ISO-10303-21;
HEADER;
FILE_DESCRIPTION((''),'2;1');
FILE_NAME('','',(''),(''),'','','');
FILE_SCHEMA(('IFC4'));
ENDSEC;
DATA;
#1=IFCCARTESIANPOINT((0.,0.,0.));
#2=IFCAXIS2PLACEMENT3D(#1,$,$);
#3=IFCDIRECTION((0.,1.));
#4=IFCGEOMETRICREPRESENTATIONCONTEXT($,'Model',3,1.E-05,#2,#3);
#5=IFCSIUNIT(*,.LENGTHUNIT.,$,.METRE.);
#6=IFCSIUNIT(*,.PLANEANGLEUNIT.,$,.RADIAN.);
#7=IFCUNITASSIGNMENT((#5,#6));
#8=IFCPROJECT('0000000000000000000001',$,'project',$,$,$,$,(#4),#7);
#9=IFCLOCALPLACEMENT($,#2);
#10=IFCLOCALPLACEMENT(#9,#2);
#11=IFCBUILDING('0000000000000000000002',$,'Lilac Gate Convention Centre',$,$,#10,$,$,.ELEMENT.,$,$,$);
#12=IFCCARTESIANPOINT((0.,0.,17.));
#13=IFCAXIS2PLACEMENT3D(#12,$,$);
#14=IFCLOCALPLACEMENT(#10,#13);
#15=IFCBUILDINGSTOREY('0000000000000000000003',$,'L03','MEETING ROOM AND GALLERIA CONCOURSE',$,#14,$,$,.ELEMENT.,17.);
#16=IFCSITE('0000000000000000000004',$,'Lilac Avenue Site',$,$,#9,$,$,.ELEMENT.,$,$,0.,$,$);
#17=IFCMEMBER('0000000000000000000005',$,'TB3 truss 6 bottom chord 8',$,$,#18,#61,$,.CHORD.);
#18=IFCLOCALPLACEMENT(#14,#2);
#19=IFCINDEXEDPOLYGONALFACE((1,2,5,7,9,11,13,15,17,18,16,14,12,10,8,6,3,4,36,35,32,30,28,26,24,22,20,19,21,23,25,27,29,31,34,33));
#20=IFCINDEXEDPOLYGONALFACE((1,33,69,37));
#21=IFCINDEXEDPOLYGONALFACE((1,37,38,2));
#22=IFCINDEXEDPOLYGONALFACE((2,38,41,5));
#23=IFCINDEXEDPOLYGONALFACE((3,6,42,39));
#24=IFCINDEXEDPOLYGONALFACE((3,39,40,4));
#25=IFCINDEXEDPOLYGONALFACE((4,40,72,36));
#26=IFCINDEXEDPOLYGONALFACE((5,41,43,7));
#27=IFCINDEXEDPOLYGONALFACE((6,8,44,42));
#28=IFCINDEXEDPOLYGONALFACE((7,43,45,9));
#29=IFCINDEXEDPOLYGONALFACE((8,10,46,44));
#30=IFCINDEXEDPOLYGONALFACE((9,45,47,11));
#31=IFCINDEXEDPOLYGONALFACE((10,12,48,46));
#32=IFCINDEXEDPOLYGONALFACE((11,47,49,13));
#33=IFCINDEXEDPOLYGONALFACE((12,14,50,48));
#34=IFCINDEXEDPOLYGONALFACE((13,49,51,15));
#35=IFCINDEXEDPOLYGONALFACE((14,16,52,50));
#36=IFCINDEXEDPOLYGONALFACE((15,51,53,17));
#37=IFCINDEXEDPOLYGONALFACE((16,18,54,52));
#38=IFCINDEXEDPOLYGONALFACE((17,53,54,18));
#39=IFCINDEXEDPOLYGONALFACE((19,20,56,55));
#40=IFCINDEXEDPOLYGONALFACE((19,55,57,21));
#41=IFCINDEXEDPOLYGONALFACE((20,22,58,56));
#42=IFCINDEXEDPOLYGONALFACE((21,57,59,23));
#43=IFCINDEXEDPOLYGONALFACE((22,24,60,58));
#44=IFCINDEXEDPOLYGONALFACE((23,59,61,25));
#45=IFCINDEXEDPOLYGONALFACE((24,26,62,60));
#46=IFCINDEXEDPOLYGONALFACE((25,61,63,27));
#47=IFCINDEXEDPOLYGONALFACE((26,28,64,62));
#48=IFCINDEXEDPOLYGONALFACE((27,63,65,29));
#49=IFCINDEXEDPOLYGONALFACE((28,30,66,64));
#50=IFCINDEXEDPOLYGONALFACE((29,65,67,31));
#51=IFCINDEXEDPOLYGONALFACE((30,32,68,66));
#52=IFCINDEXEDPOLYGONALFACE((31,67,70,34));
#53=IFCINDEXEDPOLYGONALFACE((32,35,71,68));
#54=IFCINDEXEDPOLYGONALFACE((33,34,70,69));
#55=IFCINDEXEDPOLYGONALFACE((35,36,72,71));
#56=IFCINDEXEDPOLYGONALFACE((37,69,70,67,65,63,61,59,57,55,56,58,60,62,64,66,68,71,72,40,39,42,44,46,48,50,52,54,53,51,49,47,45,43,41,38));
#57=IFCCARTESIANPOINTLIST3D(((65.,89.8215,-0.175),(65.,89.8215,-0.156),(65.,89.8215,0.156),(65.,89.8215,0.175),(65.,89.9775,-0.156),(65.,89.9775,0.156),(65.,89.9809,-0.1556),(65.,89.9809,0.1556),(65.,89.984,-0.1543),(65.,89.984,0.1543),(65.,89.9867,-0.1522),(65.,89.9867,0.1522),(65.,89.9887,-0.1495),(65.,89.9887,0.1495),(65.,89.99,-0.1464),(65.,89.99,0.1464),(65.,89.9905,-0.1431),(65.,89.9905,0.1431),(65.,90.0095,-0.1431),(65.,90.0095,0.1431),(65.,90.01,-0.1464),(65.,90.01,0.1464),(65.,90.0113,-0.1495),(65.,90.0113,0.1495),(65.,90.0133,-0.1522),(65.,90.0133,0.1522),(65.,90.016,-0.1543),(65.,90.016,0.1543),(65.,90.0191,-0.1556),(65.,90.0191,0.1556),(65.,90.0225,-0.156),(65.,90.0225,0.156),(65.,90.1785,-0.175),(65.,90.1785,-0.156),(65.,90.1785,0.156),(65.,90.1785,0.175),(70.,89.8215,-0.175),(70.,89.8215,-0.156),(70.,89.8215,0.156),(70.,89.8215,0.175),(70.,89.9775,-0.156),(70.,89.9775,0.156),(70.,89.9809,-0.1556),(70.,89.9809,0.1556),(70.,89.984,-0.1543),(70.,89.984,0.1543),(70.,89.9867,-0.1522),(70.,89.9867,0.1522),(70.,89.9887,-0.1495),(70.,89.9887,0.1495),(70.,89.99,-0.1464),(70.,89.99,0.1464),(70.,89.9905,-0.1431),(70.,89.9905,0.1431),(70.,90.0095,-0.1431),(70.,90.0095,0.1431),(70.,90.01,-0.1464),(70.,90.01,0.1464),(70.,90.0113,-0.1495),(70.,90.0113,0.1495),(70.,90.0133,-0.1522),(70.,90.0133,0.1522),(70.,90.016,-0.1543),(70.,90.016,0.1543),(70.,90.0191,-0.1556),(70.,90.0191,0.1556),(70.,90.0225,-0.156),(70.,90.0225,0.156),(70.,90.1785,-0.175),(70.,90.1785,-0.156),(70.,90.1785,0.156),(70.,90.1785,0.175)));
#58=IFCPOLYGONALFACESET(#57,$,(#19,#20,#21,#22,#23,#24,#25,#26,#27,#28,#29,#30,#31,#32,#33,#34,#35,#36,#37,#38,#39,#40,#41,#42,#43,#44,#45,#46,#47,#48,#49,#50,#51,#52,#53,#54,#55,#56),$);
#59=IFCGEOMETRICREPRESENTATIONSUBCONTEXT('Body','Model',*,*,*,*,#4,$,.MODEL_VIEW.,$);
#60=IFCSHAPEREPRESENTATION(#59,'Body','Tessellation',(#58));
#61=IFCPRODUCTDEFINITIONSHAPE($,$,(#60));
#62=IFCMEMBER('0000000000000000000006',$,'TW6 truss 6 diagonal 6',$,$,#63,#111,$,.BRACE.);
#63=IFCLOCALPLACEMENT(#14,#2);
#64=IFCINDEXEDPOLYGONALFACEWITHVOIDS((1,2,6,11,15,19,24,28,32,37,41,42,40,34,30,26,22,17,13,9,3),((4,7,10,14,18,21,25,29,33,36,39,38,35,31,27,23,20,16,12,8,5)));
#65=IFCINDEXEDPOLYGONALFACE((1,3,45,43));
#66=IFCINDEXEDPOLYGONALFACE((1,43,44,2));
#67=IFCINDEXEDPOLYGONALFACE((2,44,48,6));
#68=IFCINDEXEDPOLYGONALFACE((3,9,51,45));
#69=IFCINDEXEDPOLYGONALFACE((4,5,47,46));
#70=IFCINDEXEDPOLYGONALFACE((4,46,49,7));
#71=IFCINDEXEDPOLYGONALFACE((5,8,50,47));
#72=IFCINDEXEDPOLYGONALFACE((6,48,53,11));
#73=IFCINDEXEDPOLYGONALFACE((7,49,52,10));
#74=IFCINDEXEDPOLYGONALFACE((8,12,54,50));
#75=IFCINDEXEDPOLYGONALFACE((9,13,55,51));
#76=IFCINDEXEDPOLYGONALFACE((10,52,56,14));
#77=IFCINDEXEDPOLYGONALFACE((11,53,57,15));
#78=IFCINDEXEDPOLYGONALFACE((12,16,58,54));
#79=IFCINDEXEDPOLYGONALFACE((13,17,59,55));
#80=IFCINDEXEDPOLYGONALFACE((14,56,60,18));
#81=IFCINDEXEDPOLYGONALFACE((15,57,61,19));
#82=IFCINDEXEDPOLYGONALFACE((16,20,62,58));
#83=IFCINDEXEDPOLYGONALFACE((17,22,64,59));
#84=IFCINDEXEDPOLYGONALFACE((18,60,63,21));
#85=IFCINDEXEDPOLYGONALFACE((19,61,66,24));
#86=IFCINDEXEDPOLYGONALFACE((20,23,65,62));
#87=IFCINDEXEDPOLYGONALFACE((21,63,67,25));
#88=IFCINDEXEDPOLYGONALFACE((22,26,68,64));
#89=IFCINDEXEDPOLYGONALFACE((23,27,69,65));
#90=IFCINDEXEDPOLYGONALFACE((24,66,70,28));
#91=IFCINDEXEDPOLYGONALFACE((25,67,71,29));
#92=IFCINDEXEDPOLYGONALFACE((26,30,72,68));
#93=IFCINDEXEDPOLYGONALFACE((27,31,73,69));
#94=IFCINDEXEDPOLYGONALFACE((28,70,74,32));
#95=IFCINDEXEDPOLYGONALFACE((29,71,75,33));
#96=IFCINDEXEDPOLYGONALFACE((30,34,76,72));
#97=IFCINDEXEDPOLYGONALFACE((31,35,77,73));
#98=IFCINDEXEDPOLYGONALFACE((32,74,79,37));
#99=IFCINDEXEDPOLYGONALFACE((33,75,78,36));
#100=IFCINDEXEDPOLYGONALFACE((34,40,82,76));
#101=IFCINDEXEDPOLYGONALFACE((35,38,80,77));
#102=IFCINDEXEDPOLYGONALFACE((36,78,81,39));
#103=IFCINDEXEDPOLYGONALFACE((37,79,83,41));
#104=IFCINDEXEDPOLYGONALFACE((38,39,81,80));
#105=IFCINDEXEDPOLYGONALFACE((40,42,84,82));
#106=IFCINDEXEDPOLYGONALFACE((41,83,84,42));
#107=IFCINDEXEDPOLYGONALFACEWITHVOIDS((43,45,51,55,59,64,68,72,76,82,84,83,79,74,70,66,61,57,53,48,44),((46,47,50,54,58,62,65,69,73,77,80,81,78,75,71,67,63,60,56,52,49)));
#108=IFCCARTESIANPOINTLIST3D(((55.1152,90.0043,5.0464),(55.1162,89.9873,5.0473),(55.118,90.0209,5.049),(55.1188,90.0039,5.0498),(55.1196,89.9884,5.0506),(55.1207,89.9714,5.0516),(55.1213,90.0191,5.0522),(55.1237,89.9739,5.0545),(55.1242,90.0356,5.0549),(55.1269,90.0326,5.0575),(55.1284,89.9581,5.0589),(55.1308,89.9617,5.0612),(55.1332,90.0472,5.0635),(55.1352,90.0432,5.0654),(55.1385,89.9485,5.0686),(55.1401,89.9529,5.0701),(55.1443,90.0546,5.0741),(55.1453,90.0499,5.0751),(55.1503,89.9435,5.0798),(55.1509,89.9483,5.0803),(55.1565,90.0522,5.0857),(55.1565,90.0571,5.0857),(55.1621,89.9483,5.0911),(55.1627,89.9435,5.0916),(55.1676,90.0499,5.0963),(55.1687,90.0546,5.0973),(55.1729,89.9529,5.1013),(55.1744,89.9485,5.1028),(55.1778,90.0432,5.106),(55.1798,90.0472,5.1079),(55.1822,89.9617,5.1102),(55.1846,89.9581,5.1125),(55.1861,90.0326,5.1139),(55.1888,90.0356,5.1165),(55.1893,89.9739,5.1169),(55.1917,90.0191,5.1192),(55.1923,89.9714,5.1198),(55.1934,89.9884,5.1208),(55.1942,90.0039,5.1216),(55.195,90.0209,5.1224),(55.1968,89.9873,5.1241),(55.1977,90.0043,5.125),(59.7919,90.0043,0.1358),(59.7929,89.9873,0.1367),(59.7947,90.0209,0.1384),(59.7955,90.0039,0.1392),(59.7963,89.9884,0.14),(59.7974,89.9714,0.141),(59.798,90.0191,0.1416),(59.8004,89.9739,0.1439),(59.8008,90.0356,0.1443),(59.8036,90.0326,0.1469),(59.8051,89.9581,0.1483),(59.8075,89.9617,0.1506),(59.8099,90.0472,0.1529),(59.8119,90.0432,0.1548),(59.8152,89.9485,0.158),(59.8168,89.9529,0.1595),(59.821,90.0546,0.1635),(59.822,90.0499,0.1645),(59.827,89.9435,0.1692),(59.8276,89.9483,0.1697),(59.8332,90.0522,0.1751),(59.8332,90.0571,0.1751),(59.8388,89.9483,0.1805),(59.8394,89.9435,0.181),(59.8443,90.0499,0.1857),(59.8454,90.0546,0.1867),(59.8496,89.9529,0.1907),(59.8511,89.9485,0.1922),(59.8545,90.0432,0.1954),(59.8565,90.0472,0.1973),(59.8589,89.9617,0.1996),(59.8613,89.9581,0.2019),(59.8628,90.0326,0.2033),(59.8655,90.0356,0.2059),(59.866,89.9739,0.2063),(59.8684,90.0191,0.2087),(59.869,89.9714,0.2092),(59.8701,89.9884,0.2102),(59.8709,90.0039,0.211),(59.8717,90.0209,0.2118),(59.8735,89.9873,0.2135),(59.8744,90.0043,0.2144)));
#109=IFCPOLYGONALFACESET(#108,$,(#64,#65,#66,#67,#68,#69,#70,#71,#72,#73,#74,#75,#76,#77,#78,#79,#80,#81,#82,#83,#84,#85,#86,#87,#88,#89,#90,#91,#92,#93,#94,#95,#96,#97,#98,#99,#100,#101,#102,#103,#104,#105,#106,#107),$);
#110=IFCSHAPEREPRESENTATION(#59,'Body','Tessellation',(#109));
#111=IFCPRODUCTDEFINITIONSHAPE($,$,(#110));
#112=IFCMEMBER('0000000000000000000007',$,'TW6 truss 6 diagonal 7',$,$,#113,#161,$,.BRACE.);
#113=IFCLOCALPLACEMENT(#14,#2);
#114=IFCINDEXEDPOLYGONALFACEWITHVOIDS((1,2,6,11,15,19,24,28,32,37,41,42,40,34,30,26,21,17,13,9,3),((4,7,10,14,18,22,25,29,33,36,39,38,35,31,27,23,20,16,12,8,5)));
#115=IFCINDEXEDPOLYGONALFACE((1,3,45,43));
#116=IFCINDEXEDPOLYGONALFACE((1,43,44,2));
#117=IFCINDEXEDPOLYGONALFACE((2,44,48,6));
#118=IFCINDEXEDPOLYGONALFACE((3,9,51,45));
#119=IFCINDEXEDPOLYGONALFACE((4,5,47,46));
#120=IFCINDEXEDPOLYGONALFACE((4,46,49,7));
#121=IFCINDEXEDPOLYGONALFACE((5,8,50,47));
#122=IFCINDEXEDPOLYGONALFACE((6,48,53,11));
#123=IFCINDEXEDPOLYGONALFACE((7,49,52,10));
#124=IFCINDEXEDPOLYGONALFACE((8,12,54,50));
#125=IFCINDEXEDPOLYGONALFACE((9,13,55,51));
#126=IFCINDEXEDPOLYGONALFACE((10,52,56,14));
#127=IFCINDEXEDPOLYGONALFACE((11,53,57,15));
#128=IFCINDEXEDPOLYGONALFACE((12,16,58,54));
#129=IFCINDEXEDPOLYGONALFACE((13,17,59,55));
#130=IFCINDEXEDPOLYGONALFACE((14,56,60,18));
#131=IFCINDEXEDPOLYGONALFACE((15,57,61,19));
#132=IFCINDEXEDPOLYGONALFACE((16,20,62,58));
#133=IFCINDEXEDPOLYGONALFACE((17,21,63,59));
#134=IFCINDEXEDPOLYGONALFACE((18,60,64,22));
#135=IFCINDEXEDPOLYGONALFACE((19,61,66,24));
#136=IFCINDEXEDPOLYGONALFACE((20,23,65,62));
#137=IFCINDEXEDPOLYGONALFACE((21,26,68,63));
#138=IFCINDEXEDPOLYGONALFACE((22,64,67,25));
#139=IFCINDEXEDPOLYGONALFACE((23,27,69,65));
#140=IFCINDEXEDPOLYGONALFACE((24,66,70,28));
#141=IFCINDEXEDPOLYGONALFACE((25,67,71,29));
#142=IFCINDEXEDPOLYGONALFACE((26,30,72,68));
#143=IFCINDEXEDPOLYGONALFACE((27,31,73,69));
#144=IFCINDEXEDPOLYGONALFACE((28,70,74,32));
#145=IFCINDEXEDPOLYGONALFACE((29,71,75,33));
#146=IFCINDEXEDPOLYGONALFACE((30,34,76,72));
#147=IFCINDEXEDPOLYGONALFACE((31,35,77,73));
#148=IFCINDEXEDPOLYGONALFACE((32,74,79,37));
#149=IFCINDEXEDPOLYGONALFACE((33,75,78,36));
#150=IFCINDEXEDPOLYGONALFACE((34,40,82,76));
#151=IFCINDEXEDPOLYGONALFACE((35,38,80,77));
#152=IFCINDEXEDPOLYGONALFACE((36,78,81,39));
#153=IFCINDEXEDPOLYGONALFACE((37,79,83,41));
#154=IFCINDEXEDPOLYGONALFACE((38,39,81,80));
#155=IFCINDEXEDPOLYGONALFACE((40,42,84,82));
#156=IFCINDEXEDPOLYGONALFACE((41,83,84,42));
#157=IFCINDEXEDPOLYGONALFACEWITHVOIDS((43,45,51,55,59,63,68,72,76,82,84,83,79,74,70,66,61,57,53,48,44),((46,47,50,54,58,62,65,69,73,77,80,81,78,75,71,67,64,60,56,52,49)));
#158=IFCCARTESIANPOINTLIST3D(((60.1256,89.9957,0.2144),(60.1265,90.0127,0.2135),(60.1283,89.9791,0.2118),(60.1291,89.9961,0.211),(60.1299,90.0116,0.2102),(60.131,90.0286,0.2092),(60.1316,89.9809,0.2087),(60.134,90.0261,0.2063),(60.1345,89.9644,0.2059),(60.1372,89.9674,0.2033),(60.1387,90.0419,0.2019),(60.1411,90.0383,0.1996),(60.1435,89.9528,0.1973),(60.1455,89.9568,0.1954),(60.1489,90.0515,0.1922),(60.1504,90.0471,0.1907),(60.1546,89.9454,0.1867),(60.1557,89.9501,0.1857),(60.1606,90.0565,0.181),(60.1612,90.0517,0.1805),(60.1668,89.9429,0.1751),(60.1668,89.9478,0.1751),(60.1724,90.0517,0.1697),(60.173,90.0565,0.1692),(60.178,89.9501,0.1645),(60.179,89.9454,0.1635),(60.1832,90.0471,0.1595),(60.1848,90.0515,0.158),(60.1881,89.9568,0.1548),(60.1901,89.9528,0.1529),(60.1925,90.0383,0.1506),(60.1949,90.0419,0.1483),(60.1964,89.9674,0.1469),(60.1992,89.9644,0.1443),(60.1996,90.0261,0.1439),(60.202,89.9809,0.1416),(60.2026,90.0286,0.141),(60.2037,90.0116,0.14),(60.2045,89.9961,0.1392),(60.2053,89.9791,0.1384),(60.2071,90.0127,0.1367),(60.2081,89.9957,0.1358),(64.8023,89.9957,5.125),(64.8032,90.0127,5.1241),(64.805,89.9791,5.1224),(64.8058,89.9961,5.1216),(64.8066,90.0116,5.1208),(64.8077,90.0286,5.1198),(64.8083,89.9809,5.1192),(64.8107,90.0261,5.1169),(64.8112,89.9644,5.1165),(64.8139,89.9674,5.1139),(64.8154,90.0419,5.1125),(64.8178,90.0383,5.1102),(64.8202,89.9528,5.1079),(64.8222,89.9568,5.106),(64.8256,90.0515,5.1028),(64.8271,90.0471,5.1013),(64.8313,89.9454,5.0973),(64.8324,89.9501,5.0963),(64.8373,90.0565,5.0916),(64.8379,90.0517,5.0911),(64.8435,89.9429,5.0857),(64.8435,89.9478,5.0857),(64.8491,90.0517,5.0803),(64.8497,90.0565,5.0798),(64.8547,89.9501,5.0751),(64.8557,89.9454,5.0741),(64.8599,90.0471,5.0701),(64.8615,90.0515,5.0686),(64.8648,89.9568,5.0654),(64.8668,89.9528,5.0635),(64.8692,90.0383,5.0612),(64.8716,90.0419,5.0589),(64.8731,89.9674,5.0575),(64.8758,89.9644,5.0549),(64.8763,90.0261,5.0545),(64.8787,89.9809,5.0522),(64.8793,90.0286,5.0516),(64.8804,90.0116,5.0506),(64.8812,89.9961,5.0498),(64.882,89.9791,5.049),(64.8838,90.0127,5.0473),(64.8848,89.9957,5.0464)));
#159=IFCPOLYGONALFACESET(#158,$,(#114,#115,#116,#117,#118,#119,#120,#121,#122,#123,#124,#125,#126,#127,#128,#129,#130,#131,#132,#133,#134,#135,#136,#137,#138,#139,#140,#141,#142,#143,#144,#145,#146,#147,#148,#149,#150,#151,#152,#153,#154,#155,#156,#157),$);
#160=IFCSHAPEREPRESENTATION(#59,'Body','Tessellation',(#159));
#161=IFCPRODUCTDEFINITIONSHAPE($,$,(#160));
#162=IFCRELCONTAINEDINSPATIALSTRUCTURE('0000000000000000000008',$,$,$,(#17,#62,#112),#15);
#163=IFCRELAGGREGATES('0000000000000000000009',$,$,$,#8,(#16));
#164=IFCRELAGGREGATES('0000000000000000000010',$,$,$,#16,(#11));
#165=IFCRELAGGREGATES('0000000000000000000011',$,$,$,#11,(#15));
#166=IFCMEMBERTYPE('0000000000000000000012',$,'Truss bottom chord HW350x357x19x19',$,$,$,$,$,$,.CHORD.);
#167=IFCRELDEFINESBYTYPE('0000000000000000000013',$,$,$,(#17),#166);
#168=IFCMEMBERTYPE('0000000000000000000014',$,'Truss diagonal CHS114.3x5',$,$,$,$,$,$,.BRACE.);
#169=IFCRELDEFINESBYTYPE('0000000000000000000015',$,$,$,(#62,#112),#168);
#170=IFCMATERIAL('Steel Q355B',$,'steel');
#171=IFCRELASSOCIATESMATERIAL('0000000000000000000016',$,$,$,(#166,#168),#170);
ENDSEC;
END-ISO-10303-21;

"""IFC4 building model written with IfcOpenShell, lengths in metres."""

from ifc_helpers import new_model, si_unit, direction, frame, origin, origin_2d, place, context, subcontext, project, spatial, hollow_circle, i_section, extrude, material, material_profile, profile_set, type_object, element, save


model = new_model("IFC4")

# Units and contexts
model_context = context("Model", 3, precision=1e-05, world=origin(), true_north=direction((0.0, 1.0)))
body_context = subcontext(model_context, "Body", "Model", "MODEL_VIEW")
ifc_project = project(units=[si_unit("LENGTHUNIT", "METRE"), si_unit("PLANEANGLEUNIT", "RADIAN")], contexts=[model_context])

# Site, building, storey
site_placement = place(None, origin())
site = spatial("IfcSite", under=ifc_project, at=site_placement, Name="Lilac Avenue Site", CompositionType="ELEMENT", RefElevation=0.0)
building_placement = place(site_placement, origin())
building = spatial("IfcBuilding", under=site, at=building_placement, Name="Lilac Gate Convention Centre", CompositionType="ELEMENT")
storey_placement = place(building_placement, frame((0.0, 0.0, 17.0)))
storey = spatial("IfcBuildingStorey", under=building, at=storey_placement, Name="L03", Description="MEETING ROOM AND GALLERIA CONCOURSE", CompositionType="ELEMENT", Elevation=17.0)

# Members
ifc_material = material(Name="Steel Q355B", Category="steel")
ifc_material_profile_1 = material_profile(ifc_material, i_section(OverallWidth=0.3569, OverallDepth=0.3501, WebThickness=0.019, FlangeThickness=0.019, FilletRadius=0.0129, at=origin_2d()), Name="HW350x357x19x19")
ifc_profile_set_1 = profile_set([ifc_material_profile_1], Name="Steel Q355B")
member_type_1 = type_object("IfcMemberType", Name="Truss bottom chord HW350x357x19x19", PredefinedType="CHORD", material=ifc_profile_set_1)
for number, where, z_axis, x_axis, name in (
    (1, (65.0, 90.0, 0.0), (1.0, 0.0, 0.0), (0.0, 1.0, 0.0), "TB3 truss 6 bottom chord 8"),
):
    element("IfcMember", number, at=place(storey_placement, frame(where, z_axis=z_axis, x_axis=x_axis)), inside=storey, type_object=member_type_1, Name=name, PredefinedType="CHORD", context=body_context, shape_type="SweptSolid", body=[
        extrude(i_section(OverallWidth=0.3569, OverallDepth=0.3501, WebThickness=0.019, FlangeThickness=0.019, FilletRadius=0.0129, at=origin_2d()), origin(), (0.0, 0.0, 1.0), 5.0),
    ])
ifc_material_profile_2 = material_profile(ifc_material, hollow_circle(Radius=0.0571, WallThickness=0.0049, at=origin_2d()), Name="CHS114.3x5")
ifc_profile_set_2 = profile_set([ifc_material_profile_2], Name="Steel Q355B")
member_type_2 = type_object("IfcMemberType", Name="Truss diagonal CHS114.3x5", PredefinedType="BRACE", material=ifc_profile_set_2)
for number, where, z_axis, x_axis, name in (
    (2, (55.1565, 90.0, 5.0857), (0.689652, 0.0, -0.724141), (0.0, 1.0, 0.0), "TW6 truss 6 diagonal 6"),
    (3, (64.8435, 90.0, 5.0857), (-0.689652, 0.0, -0.724141), (0.0, -1.0, 0.0), "TW6 truss 6 diagonal 7"),
):
    element("IfcMember", number, at=place(storey_placement, frame(where, z_axis=z_axis, x_axis=x_axis)), inside=storey, type_object=member_type_2, Name=name, PredefinedType="BRACE", context=body_context, shape_type="SweptSolid", body=[
        extrude(hollow_circle(Radius=0.0571, WallThickness=0.0049, at=origin_2d()), origin(), (0.0, 0.0, 1.0), 6.7812),
    ])

save(model, "model.ifc")
